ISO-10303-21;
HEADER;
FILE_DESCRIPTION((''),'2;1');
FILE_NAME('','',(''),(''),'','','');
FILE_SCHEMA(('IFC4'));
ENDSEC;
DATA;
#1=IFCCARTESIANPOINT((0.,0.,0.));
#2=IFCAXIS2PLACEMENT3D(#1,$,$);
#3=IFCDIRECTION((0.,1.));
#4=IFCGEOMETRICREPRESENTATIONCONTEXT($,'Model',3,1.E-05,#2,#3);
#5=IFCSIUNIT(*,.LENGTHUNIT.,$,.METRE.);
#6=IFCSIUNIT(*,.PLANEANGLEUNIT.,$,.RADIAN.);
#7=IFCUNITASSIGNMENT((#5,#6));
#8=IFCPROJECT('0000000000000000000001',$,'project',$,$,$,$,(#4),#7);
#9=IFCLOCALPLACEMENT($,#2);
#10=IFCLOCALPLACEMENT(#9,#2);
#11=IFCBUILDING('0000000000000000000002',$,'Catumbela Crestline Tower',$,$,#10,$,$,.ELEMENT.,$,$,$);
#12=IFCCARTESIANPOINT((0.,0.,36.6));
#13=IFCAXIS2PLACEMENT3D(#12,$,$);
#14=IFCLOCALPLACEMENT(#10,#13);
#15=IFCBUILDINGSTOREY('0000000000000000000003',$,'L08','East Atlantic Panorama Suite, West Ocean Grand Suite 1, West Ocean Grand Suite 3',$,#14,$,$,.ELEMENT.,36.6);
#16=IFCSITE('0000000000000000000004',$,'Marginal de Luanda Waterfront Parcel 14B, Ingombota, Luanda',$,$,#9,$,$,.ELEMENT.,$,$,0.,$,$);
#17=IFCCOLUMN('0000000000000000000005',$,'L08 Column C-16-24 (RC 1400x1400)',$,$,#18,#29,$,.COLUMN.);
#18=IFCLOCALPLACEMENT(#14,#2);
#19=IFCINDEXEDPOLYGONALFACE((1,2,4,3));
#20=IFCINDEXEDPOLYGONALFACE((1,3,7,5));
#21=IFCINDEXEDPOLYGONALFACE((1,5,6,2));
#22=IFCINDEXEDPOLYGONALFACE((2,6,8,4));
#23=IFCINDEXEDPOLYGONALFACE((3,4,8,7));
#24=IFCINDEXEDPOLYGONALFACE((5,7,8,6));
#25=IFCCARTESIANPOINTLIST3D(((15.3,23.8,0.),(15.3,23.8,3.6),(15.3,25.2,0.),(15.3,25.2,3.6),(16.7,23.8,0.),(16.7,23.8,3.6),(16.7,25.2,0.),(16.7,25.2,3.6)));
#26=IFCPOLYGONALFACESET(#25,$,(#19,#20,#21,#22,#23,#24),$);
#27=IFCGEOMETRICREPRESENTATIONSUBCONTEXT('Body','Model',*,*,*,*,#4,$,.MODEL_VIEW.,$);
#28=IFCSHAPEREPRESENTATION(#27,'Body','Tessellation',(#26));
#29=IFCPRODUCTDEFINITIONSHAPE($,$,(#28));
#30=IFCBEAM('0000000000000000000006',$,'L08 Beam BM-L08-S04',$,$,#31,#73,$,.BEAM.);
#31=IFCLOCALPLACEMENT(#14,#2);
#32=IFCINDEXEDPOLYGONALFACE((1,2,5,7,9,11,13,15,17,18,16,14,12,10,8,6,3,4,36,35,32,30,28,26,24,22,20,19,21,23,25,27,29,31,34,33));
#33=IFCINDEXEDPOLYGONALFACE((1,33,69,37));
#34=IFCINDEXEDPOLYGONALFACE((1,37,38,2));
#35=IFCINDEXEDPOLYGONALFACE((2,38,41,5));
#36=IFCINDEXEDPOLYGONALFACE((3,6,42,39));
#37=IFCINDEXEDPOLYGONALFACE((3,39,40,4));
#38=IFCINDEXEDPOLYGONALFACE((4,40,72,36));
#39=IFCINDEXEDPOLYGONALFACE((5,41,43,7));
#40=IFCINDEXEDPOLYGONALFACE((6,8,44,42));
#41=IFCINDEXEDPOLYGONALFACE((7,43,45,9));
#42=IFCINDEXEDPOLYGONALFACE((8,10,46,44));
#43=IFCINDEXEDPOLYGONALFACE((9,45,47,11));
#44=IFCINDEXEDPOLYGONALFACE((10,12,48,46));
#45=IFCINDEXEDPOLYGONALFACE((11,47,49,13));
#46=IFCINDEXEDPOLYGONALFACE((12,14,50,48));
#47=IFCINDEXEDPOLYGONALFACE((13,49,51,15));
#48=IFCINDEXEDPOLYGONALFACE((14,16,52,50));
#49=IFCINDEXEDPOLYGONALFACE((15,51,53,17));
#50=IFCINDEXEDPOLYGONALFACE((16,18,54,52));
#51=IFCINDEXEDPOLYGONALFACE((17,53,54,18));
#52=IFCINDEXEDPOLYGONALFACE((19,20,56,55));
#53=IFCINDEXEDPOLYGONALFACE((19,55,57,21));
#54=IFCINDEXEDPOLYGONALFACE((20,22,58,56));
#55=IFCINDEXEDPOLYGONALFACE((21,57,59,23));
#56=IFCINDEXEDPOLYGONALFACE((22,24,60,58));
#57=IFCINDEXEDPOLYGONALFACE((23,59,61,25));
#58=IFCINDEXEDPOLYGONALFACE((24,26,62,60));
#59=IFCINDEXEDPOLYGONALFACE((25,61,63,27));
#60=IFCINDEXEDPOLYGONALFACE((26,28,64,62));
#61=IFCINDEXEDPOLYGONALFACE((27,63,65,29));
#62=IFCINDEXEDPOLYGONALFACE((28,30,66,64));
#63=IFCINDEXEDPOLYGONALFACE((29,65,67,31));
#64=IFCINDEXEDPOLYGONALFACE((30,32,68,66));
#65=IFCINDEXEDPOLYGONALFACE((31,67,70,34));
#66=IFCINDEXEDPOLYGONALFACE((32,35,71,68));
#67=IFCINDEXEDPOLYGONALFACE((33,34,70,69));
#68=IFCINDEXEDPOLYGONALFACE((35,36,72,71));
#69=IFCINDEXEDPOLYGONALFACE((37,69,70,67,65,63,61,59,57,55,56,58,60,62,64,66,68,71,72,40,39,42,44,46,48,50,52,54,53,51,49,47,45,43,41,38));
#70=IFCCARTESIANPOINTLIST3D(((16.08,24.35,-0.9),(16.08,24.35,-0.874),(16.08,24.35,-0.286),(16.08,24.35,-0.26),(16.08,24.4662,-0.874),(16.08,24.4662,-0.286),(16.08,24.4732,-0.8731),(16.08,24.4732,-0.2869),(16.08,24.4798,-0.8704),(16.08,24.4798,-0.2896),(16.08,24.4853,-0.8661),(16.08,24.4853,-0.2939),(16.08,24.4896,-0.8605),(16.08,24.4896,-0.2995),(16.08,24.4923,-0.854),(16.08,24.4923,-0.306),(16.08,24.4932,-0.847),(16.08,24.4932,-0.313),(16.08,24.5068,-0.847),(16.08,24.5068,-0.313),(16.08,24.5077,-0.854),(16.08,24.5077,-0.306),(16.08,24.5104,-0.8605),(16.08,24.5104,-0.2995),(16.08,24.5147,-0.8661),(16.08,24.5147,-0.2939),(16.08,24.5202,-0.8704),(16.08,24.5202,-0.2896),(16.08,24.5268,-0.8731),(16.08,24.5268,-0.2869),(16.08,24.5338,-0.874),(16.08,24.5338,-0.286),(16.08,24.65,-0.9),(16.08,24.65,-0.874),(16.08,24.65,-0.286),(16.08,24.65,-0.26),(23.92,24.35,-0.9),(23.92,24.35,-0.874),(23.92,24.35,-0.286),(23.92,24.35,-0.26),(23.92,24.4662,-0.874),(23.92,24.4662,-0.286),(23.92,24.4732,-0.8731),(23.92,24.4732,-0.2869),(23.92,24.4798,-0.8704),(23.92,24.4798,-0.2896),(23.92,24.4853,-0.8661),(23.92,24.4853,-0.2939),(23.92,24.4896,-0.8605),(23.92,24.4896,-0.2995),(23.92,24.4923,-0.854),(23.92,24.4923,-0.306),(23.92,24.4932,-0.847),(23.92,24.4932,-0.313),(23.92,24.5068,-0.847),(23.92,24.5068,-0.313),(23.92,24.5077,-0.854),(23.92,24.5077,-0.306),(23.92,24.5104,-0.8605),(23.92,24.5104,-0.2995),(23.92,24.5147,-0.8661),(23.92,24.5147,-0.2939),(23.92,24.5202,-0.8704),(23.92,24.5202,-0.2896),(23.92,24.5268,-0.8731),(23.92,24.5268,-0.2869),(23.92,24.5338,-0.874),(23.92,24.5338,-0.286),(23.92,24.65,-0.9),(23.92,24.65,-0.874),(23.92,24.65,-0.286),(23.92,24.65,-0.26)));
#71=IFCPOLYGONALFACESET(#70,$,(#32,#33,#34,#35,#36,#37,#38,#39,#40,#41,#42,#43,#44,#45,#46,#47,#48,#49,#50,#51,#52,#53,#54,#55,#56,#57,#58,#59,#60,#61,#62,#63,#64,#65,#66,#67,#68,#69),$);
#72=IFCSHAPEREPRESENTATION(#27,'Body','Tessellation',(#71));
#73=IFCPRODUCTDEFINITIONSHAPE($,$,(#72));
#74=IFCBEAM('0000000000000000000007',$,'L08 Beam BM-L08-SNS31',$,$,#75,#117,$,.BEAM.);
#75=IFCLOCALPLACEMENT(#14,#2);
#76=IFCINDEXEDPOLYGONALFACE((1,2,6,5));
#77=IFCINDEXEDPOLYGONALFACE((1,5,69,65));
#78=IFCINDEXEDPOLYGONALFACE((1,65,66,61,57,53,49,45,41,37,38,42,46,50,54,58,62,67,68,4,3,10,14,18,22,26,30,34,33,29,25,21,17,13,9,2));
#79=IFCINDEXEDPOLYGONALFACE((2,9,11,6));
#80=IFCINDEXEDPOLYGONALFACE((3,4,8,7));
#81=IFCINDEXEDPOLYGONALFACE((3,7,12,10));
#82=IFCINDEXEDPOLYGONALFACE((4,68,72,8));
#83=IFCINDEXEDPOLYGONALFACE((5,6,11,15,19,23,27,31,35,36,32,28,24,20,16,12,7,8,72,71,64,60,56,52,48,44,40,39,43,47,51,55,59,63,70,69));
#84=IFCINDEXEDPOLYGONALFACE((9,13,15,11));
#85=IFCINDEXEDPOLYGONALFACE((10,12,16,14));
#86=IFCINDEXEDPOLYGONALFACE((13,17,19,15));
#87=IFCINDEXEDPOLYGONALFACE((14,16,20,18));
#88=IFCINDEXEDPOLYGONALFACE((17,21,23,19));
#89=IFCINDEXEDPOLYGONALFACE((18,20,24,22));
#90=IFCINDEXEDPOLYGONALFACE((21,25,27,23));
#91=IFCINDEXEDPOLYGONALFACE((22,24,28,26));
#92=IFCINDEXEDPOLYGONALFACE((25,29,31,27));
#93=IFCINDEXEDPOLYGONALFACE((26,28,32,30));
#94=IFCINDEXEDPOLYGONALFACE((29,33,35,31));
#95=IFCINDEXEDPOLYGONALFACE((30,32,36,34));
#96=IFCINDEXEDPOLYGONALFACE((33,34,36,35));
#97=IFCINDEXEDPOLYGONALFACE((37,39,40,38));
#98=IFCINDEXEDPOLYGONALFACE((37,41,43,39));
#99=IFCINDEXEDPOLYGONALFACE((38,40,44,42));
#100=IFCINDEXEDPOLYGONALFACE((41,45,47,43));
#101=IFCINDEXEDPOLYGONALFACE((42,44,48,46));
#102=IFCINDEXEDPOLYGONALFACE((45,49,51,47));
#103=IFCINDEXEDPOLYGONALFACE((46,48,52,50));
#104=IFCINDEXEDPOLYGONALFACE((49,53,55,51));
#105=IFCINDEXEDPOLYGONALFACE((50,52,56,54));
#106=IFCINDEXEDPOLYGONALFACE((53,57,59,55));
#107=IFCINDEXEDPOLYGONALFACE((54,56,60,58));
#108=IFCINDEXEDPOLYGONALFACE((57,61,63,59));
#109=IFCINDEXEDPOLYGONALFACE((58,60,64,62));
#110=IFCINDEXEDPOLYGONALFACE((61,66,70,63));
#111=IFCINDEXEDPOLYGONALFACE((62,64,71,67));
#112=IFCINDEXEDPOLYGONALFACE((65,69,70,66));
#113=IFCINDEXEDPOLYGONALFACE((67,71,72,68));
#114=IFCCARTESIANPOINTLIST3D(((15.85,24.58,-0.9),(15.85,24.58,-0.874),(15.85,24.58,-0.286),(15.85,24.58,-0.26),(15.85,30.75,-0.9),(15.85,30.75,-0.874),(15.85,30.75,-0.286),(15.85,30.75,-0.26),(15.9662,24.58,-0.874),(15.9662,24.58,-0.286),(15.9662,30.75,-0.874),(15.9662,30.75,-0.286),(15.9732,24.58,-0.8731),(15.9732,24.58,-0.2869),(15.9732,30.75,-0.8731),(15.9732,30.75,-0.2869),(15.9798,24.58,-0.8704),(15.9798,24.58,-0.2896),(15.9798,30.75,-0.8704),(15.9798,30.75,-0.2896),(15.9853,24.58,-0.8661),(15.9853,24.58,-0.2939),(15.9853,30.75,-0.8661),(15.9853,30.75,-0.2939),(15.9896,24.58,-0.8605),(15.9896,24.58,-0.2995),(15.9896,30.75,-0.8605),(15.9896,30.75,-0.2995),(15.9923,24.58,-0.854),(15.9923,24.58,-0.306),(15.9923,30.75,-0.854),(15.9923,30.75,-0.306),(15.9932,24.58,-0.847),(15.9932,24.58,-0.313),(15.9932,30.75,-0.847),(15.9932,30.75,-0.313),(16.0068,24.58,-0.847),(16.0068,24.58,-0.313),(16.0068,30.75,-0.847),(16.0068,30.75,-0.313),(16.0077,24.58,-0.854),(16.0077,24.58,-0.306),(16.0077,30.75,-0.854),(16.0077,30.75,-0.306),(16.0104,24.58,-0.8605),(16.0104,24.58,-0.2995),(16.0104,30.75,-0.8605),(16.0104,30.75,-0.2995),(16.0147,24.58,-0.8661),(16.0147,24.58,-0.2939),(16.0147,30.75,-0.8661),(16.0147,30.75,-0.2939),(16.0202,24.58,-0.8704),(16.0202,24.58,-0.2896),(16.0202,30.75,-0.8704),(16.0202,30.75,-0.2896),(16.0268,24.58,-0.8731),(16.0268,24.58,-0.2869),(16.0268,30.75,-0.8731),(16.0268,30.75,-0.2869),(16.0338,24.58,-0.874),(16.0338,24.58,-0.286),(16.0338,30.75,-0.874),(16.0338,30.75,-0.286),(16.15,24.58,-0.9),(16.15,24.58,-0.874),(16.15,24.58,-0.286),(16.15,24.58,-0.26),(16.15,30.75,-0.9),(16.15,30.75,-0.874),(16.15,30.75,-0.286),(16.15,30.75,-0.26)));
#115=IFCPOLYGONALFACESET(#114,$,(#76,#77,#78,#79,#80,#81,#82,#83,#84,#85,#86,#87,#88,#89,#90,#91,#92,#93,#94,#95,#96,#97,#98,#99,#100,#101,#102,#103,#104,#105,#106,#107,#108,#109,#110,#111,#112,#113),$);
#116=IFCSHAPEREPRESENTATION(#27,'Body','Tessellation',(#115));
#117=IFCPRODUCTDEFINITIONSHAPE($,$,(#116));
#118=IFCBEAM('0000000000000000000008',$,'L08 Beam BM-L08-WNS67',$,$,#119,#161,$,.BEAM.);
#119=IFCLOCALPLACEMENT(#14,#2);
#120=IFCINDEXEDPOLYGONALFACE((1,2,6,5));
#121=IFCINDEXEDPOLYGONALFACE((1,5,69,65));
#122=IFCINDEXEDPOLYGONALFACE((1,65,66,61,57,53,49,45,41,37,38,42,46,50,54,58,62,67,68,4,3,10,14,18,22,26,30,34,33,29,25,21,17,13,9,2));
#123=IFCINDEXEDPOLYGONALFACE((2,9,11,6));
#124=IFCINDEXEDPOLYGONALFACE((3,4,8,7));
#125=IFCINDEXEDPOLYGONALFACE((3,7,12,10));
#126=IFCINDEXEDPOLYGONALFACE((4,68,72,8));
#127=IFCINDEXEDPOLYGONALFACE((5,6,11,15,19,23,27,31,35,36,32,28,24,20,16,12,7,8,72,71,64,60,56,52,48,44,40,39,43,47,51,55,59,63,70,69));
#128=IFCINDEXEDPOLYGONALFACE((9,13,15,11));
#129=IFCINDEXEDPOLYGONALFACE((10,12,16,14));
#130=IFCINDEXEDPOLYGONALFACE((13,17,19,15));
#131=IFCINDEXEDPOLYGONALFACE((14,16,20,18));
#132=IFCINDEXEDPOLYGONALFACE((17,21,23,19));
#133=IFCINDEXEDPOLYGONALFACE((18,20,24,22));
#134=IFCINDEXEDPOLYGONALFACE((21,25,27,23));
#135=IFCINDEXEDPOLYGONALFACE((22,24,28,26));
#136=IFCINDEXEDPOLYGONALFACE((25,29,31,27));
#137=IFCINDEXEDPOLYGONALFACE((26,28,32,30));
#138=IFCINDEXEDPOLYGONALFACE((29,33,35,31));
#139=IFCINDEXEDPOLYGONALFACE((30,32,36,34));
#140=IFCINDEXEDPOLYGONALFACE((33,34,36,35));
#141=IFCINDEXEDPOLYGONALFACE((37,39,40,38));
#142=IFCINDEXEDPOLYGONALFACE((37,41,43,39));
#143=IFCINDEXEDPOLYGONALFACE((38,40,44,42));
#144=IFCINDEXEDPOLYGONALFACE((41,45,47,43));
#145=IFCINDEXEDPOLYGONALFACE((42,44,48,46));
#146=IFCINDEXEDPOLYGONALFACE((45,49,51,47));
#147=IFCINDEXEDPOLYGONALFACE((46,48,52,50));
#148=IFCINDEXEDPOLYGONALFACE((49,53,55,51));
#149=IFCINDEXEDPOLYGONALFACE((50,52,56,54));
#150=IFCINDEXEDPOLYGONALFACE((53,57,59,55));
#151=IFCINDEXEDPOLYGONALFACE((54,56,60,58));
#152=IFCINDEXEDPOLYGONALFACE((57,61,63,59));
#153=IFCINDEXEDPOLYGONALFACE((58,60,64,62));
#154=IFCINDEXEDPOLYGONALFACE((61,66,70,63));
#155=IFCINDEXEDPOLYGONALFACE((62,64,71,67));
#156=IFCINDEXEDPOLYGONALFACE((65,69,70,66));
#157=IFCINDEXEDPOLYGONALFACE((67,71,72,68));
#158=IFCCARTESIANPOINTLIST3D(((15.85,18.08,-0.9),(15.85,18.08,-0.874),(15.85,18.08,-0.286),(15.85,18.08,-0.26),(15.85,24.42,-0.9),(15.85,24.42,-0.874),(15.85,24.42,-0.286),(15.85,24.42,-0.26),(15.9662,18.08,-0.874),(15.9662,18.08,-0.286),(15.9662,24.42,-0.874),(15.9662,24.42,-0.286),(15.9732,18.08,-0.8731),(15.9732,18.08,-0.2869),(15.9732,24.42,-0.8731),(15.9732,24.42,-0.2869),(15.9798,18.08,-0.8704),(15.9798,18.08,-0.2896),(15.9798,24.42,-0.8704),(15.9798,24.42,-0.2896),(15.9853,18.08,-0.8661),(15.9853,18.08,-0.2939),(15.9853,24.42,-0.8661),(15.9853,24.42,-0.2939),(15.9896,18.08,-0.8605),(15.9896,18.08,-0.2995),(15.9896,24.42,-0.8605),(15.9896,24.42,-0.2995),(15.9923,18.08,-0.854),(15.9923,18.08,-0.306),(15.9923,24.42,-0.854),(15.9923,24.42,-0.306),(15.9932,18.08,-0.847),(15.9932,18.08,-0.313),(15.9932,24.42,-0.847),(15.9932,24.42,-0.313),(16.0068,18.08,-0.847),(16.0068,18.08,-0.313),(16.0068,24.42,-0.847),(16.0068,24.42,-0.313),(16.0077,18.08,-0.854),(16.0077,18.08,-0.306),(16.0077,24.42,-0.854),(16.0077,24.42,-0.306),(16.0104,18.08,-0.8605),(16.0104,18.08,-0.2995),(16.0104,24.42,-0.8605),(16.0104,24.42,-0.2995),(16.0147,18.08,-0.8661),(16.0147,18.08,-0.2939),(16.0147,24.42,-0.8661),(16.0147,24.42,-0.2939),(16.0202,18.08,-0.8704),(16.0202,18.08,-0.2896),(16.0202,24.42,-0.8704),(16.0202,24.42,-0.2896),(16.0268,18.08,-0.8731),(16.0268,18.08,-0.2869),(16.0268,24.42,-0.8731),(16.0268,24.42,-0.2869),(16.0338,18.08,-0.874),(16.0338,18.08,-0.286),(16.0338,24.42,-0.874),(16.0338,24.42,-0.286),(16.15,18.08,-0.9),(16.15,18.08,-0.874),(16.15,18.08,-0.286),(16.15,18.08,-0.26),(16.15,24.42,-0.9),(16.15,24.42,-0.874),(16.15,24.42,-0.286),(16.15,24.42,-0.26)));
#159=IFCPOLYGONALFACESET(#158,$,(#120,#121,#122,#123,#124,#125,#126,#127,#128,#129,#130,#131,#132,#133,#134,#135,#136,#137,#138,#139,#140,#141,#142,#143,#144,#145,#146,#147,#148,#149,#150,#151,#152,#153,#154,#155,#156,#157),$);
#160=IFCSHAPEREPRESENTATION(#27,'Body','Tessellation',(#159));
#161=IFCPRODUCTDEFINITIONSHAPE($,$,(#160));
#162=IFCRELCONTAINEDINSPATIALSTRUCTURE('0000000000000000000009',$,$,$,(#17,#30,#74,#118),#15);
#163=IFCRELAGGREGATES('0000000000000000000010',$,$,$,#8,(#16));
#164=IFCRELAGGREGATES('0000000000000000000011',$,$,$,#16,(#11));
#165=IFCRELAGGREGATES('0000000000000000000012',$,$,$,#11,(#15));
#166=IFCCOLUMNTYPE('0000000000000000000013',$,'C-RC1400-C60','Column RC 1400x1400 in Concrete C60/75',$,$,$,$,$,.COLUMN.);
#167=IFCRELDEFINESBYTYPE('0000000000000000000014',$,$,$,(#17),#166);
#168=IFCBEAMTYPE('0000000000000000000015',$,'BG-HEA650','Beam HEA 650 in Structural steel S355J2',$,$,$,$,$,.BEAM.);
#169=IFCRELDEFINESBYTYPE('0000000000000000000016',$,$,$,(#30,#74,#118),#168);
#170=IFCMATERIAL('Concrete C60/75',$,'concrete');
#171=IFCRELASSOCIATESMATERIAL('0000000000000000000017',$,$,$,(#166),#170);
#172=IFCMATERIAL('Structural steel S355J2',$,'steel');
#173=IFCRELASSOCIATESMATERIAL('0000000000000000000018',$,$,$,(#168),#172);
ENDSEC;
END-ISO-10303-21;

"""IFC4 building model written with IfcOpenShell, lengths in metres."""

from ifc_helpers import new_model, si_unit, direction, frame, origin, origin_2d, place, context, subcontext, project, spatial, rectangle, i_section, extrude, material, material_profile, profile_set, type_object, element, save


model = new_model("IFC4")

# Units and contexts
model_context = context("Model", 3, precision=1e-05, world=origin(), true_north=direction((0.0, 1.0)))
body_context = subcontext(model_context, "Body", "Model", "MODEL_VIEW")
ifc_project = project(units=[si_unit("LENGTHUNIT", "METRE"), si_unit("PLANEANGLEUNIT", "RADIAN")], contexts=[model_context])

# Site, building, storey
site_placement = place(None, origin())
site = spatial("IfcSite", under=ifc_project, at=site_placement, Name="Marginal de Luanda Waterfront Parcel 14B, Ingombota, Luanda", CompositionType="ELEMENT", RefElevation=0.0)
building_placement = place(site_placement, origin())
building = spatial("IfcBuilding", under=site, at=building_placement, Name="Catumbela Crestline Tower", CompositionType="ELEMENT")
storey_placement = place(building_placement, frame((0.0, 0.0, 36.6)))
storey = spatial("IfcBuildingStorey", under=building, at=storey_placement, Name="L08", Description="East Atlantic Panorama Suite, West Ocean Grand Suite 1, West Ocean Grand Suite 3", CompositionType="ELEMENT", Elevation=36.6)

# Column
ifc_material_1 = material(Name="Concrete C60/75", Category="concrete")
ifc_material_profile_1 = material_profile(ifc_material_1, rectangle(XDim=1.4, YDim=1.4, at=origin_2d()), Name="RC 1400x1400")
ifc_profile_set_1 = profile_set([ifc_material_profile_1], Name="Concrete C60/75")
column_type = type_object("IfcColumnType", Name="C-RC1400-C60", Description="Column RC 1400x1400 in Concrete C60/75", PredefinedType="COLUMN", material=ifc_profile_set_1)
column_placement = place(storey_placement, frame((16.0, 24.5, 0.0), z_axis=(0.0, 0.0, 1.0), x_axis=(1.0, 0.0, 0.0)))
element("IfcColumn", 1, at=column_placement, inside=storey, type_object=column_type, Name="L08 Column C-16-24 (RC 1400x1400)", PredefinedType="COLUMN", context=body_context, shape_type="SweptSolid", body=[
    extrude(rectangle(XDim=1.4, YDim=1.4, at=origin_2d()), origin(), (0.0, 0.0, 1.0), 3.6),
])

# Beams
ifc_material_2 = material(Name="Structural steel S355J2", Category="steel")
ifc_material_profile_2 = material_profile(ifc_material_2, i_section(OverallWidth=0.3, OverallDepth=0.64, WebThickness=0.0135, FlangeThickness=0.026, FilletRadius=0.027, at=origin_2d()), Name="HEA 650")
ifc_profile_set_2 = profile_set([ifc_material_profile_2], Name="Structural steel S355J2")
beam_type_1 = type_object("IfcBeamType", Name="BG-HEA650", Description="Beam HEA 650 in Structural steel S355J2", PredefinedType="BEAM", material=ifc_profile_set_2)
beam_1_placement = place(storey_placement, frame((16.08, 24.5, -0.58), z_axis=(1.0, 0.0, 0.0), x_axis=(0.0, 1.0, 0.0)))
element("IfcBeam", 2, at=beam_1_placement, inside=storey, type_object=beam_type_1, Name="L08 Beam BM-L08-S04", PredefinedType="BEAM", context=body_context, shape_type="SweptSolid", body=[
    extrude(i_section(OverallWidth=0.3, OverallDepth=0.64, WebThickness=0.0135, FlangeThickness=0.026, FilletRadius=0.027, at=origin_2d()), origin(), (0.0, 0.0, 1.0), 7.84),
])
beam_2_placement = place(storey_placement, frame((16.0, 24.58, -0.58), z_axis=(0.0, 1.0, 0.0), x_axis=(-1.0, 0.0, 0.0)))
element("IfcBeam", 3, at=beam_2_placement, inside=storey, type_object=beam_type_1, Name="L08 Beam BM-L08-SNS31", PredefinedType="BEAM", context=body_context, shape_type="SweptSolid", body=[
    extrude(i_section(OverallWidth=0.3, OverallDepth=0.64, WebThickness=0.0135, FlangeThickness=0.026, FilletRadius=0.027, at=origin_2d()), origin(), (0.0, 0.0, 1.0), 6.17),
])
beam_3_placement = place(storey_placement, frame((16.0, 18.08, -0.58), z_axis=(0.0, 1.0, 0.0), x_axis=(-1.0, 0.0, 0.0)))
element("IfcBeam", 4, at=beam_3_placement, inside=storey, type_object=beam_type_1, Name="L08 Beam BM-L08-WNS67", PredefinedType="BEAM", context=body_context, shape_type="SweptSolid", body=[
    extrude(i_section(OverallWidth=0.3, OverallDepth=0.64, WebThickness=0.0135, FlangeThickness=0.026, FilletRadius=0.027, at=origin_2d()), origin(), (0.0, 0.0, 1.0), 6.34),
])

save(model, "model.ifc")
